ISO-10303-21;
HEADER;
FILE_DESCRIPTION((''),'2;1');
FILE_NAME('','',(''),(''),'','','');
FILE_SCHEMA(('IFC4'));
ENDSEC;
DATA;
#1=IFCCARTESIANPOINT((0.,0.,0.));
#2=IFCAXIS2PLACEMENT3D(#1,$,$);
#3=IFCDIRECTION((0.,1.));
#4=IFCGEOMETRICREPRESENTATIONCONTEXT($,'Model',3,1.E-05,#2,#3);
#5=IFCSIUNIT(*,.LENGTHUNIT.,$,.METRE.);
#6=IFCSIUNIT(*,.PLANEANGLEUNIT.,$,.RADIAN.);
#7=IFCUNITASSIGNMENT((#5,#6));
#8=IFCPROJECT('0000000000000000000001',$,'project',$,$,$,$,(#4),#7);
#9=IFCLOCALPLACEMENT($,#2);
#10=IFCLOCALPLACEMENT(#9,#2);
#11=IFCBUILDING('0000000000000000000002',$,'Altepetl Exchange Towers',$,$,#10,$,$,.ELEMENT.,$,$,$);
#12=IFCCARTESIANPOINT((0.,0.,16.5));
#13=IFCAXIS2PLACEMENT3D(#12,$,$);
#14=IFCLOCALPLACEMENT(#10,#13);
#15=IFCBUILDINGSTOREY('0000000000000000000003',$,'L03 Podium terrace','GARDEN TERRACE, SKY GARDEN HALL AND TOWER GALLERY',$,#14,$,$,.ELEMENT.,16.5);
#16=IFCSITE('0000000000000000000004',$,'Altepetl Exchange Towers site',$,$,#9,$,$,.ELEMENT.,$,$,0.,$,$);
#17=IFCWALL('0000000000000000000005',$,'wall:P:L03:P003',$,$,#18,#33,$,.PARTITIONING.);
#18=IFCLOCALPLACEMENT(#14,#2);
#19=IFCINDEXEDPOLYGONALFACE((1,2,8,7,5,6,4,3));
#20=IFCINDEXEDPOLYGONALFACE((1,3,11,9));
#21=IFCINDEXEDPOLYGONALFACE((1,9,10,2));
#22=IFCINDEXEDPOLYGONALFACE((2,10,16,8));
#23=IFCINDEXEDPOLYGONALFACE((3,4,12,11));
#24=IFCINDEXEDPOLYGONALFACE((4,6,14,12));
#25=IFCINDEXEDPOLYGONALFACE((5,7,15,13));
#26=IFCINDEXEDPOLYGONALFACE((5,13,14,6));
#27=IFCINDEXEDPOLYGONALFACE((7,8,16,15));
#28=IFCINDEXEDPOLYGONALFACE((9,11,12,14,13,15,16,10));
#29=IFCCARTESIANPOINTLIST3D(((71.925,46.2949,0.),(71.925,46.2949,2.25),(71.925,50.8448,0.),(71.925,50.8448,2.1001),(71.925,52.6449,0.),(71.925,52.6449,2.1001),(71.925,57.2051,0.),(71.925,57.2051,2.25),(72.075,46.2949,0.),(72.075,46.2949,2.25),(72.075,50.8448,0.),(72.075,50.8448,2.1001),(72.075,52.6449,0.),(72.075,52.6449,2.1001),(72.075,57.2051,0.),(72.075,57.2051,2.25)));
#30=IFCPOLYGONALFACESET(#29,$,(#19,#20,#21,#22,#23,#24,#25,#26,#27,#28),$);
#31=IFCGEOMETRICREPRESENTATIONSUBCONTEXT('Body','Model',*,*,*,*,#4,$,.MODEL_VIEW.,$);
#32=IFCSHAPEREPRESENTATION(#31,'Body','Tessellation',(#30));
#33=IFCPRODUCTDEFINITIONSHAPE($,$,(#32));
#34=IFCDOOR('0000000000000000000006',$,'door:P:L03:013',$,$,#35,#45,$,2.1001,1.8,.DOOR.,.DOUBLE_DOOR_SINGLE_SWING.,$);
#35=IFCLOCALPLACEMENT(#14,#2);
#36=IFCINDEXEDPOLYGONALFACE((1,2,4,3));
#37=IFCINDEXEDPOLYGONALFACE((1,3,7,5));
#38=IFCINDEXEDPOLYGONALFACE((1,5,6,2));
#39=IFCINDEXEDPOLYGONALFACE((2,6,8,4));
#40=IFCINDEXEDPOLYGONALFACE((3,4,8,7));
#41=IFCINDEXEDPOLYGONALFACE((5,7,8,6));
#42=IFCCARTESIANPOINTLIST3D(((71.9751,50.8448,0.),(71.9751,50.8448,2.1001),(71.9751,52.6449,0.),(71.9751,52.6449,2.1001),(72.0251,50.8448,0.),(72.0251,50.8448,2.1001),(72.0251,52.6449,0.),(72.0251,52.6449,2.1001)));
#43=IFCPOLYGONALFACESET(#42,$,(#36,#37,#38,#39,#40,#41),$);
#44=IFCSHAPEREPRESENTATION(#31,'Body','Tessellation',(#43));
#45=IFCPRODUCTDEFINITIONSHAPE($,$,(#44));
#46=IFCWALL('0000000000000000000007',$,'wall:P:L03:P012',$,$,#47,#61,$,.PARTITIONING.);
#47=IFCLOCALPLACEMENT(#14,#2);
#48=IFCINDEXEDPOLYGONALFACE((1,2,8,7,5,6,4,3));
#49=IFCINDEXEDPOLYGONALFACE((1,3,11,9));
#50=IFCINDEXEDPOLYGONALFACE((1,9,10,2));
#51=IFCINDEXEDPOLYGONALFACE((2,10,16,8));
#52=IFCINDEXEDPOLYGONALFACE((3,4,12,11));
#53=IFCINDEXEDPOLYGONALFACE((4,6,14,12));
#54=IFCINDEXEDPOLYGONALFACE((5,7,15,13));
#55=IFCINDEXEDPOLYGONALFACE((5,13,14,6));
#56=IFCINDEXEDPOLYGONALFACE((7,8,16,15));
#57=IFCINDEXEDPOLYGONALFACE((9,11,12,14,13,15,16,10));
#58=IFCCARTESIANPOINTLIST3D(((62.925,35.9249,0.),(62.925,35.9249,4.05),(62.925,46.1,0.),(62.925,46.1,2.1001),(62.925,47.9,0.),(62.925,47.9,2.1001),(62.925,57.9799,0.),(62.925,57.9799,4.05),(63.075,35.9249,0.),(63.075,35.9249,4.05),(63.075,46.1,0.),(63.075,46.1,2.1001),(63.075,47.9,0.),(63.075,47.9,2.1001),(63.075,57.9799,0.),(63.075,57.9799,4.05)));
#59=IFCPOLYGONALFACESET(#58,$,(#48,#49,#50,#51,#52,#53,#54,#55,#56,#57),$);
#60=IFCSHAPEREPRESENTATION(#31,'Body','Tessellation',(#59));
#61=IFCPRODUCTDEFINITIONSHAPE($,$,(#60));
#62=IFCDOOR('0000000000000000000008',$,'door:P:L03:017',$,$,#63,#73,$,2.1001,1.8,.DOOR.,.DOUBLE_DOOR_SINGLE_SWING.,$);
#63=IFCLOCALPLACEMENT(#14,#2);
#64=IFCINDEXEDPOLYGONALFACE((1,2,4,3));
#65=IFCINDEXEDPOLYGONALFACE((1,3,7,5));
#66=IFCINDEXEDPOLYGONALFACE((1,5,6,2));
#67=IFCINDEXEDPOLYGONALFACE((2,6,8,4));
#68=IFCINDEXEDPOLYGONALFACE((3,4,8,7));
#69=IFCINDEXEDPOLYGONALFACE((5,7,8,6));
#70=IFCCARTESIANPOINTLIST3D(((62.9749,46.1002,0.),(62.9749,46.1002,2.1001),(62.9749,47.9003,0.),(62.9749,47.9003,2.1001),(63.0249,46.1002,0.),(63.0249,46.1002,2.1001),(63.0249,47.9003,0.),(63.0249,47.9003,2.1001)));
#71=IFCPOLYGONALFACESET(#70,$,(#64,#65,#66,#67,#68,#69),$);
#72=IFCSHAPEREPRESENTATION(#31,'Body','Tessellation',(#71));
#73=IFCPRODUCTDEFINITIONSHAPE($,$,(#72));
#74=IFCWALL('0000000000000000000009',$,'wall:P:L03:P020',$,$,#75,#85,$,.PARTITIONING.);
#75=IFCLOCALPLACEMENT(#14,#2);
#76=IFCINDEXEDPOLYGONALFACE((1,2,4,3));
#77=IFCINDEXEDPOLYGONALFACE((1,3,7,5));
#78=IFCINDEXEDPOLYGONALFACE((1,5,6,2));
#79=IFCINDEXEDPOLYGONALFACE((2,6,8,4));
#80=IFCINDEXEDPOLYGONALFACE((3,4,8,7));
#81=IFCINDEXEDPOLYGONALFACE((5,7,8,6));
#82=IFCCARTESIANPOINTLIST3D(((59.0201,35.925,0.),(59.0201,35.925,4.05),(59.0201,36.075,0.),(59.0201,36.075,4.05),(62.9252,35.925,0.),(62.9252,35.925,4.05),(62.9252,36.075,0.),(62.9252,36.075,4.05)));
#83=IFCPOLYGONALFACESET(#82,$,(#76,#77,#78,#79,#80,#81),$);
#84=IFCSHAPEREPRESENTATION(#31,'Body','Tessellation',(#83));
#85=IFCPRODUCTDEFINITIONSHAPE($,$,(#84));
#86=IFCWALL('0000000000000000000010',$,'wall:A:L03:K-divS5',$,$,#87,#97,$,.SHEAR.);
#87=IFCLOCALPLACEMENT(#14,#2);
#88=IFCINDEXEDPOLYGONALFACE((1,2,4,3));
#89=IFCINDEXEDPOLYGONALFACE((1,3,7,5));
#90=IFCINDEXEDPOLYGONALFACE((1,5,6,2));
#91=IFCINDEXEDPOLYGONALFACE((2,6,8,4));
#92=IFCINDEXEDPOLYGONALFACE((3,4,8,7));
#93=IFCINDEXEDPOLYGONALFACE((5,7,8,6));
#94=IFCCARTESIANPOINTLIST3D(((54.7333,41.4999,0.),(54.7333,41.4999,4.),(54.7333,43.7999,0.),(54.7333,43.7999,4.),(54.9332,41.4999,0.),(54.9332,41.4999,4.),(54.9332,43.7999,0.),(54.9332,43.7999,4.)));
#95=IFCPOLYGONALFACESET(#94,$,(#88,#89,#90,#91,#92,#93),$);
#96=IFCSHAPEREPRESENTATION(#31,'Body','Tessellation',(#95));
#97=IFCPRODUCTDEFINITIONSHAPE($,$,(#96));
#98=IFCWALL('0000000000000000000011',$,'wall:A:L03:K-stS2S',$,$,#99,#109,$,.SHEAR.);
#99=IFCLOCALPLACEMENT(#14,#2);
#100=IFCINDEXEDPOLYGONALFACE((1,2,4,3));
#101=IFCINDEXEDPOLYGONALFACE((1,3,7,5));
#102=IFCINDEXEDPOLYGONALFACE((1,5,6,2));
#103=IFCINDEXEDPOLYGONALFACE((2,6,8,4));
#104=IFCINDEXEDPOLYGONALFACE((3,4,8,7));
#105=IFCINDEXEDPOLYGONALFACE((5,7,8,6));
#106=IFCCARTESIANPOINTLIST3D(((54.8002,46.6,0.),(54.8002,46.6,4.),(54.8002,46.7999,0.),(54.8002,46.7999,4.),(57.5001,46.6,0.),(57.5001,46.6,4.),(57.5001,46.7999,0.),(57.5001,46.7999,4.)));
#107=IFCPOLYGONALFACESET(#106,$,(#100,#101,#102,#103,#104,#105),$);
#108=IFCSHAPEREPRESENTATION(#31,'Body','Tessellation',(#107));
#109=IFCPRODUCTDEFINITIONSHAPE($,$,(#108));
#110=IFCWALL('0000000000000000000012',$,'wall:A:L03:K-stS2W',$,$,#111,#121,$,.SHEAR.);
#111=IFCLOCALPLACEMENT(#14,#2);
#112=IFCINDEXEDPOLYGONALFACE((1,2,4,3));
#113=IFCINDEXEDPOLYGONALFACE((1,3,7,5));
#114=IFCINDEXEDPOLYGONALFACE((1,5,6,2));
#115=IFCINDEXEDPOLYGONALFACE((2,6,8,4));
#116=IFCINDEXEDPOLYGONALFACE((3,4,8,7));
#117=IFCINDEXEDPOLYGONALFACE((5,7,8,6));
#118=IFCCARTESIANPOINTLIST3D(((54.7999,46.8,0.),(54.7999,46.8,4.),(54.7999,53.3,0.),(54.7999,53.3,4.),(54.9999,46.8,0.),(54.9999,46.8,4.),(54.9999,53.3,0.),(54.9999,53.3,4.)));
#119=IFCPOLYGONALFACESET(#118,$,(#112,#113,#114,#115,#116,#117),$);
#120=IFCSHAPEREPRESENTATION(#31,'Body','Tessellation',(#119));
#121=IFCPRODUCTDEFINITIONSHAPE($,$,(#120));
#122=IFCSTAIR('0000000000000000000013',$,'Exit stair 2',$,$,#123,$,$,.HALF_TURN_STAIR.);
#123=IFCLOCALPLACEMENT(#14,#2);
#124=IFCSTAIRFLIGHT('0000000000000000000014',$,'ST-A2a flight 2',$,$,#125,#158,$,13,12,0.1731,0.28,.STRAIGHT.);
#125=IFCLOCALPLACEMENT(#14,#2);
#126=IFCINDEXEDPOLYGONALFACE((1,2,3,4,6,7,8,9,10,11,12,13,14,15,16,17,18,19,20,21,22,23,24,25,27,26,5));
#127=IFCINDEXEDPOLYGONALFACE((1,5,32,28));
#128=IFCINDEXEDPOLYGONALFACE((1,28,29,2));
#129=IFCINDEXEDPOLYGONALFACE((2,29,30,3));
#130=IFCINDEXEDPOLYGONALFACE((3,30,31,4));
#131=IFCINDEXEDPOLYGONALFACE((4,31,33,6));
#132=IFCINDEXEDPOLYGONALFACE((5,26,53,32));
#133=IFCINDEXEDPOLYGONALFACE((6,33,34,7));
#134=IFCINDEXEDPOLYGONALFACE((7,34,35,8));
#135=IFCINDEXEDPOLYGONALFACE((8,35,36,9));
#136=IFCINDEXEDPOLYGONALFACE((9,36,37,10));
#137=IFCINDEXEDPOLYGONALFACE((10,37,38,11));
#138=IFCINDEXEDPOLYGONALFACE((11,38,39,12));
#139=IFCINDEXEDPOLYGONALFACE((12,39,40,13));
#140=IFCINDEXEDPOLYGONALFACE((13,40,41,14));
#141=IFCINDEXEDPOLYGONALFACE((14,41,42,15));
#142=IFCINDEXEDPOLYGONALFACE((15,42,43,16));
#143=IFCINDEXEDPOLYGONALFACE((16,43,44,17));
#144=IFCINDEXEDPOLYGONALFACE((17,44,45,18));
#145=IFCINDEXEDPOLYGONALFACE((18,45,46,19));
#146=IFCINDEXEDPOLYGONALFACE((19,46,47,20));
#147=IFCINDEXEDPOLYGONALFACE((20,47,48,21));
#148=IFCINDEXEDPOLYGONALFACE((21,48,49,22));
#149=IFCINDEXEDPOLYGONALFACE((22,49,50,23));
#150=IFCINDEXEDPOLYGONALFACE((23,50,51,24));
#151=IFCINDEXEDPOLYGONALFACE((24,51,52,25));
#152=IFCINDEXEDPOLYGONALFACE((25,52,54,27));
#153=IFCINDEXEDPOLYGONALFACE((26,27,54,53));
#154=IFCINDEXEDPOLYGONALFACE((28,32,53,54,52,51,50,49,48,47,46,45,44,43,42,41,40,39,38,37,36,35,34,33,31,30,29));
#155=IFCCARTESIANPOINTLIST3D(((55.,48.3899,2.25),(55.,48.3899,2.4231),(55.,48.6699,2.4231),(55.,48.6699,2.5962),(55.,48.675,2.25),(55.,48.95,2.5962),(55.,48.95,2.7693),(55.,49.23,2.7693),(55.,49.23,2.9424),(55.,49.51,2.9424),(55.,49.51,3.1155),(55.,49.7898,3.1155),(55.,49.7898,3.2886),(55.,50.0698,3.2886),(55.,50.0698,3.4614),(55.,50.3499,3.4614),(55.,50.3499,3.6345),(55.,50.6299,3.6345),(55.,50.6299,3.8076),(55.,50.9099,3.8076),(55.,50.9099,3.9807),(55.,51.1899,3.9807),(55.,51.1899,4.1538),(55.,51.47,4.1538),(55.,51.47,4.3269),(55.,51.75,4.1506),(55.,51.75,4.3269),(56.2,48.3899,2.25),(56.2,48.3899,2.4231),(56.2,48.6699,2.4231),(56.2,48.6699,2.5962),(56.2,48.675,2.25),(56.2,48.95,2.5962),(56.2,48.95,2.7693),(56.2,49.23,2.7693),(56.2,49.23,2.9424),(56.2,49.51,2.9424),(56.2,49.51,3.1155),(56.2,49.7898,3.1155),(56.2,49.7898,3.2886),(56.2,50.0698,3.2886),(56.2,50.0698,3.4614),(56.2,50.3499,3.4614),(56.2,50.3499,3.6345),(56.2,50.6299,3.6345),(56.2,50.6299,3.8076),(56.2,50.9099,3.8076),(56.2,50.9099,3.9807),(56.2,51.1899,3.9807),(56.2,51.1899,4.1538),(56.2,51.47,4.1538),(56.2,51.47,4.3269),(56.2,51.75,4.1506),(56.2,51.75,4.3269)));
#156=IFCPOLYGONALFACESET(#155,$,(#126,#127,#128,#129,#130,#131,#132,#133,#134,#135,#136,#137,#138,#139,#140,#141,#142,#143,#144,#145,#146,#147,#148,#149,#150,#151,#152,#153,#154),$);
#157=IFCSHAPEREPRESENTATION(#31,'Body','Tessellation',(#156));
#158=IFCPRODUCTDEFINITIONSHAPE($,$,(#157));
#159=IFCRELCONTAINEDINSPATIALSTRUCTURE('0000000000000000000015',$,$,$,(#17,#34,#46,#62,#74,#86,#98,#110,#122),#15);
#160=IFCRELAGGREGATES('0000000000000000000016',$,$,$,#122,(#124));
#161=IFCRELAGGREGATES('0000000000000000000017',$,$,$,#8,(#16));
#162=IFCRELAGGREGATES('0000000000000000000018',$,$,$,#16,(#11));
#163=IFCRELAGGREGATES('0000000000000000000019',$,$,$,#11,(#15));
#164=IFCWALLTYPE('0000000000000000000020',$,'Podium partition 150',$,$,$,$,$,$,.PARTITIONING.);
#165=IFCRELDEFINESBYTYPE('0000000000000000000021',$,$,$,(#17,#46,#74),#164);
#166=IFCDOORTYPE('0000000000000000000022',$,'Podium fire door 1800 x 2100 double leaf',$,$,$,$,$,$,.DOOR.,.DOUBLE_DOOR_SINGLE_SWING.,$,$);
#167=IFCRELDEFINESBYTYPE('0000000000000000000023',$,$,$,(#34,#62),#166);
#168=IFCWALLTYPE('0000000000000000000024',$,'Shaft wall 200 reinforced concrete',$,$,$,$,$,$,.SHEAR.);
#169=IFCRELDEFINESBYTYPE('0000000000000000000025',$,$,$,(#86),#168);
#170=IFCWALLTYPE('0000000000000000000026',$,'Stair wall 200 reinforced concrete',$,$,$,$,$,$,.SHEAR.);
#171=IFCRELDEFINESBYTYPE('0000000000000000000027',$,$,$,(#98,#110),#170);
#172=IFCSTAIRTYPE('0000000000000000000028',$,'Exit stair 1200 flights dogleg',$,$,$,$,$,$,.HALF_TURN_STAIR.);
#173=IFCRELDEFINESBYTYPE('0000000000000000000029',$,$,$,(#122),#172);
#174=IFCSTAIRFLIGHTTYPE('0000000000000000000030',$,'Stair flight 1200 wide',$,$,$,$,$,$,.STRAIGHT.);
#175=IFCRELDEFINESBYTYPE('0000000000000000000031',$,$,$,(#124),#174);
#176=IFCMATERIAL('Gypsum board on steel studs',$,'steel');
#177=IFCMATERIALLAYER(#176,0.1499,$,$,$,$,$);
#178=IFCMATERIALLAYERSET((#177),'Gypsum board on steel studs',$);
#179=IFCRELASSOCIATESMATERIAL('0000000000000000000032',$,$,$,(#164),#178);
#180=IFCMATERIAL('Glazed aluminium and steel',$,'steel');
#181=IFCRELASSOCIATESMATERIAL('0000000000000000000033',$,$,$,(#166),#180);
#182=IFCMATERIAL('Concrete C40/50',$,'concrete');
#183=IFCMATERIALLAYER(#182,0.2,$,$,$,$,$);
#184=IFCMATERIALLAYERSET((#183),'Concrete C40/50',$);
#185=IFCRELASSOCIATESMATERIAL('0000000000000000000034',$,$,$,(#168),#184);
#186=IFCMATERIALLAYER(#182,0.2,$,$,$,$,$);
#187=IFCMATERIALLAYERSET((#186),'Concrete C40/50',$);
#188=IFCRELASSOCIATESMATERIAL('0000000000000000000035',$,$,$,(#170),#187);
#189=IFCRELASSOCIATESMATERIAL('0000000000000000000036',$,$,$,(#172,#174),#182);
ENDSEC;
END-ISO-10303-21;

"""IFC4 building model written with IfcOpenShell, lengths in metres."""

from ifc_helpers import new_model, si_unit, direction, frame, frame_2d, origin, place, context, subcontext, project, spatial, polyline, rectangle, outline, extrude, material, layer, layer_set, type_object, element, fill, aggregate, save


model = new_model("IFC4")

# Units and contexts
model_context = context("Model", 3, precision=1e-05, world=origin(), true_north=direction((0.0, 1.0)))
body_context = subcontext(model_context, "Body", "Model", "MODEL_VIEW")
ifc_project = project(units=[si_unit("LENGTHUNIT", "METRE"), si_unit("PLANEANGLEUNIT", "RADIAN")], contexts=[model_context])

# Site, building, storey
site_placement = place(None, origin())
site = spatial("IfcSite", under=ifc_project, at=site_placement, Name="Altepetl Exchange Towers site", CompositionType="ELEMENT", RefElevation=0.0)
building_placement = place(site_placement, origin())
building = spatial("IfcBuilding", under=site, at=building_placement, Name="Altepetl Exchange Towers", CompositionType="ELEMENT")
storey_placement = place(building_placement, frame((0.0, 0.0, 16.5)))
storey = spatial("IfcBuildingStorey", under=building, at=storey_placement, Name="L03 Podium terrace", Description="GARDEN TERRACE, SKY GARDEN HALL AND TOWER GALLERY", CompositionType="ELEMENT", Elevation=16.5)

# Walls, openings, doors
ifc_material_1 = material(Name="Gypsum board on steel studs", Category="steel")
ifc_layer_1 = layer(ifc_material_1, 0.1499)
ifc_layer_set_1 = layer_set([ifc_layer_1], Name="Gypsum board on steel studs")
wall_type_1 = type_object("IfcWallType", Name="Podium partition 150", PredefinedType="PARTITIONING", material=ifc_layer_set_1)
ifc_material_2 = material(Name="Glazed aluminium and steel", Category="steel")
door_type_1 = type_object("IfcDoorType", Name="Podium fire door 1800 x 2100 double leaf", OperationType="DOUBLE_DOOR_SINGLE_SWING", PredefinedType="DOOR", material=ifc_material_2)
wall_1_placement = place(storey_placement, frame((72.0, 46.2949, 0.0), z_axis=(0.0, 0.0, 1.0), x_axis=(0.0, 1.0, 0.0)))
wall_1 = element("IfcWall", 1, at=wall_1_placement, inside=storey, type_object=wall_type_1, Name="wall:P:L03:P003", PredefinedType="PARTITIONING", context=body_context, shape_type="SweptSolid", body=[
    extrude(rectangle(XDim=10.9102, YDim=0.1499, at=frame_2d((5.4551, 0.0))), origin(), (0.0, 0.0, 1.0), 2.25),
])
opening_1_placement = place(wall_1_placement, frame((4.55, 0.0, 0.0)))
opening_1 = element("IfcOpeningElement", 2, at=opening_1_placement, cuts=wall_1, PredefinedType="OPENING", context=body_context, shape_type="SweptSolid", body=[
    extrude(rectangle(XDim=1.8, YDim=2.1001, at=frame_2d((0.8999, 1.05))), frame((0.0, 0.085, 0.0), z_axis=(0.0, -1.0, 0.0), x_axis=(1.0, 0.0, 0.0)), (0.0, 0.0, 1.0), 0.1699),
])
door_1_placement = place(opening_1_placement, origin())
door_1 = element("IfcDoor", 3, at=door_1_placement, inside=storey, type_object=door_type_1, Name="door:P:L03:013", OperationType="DOUBLE_DOOR_SINGLE_SWING", OverallHeight=2.1001, OverallWidth=1.8, PredefinedType="DOOR", context=body_context, shape_type="SweptSolid", body=[
    extrude(rectangle(XDim=1.8, YDim=2.1001, at=frame_2d((0.8999, 1.05))), frame((0.0, 0.0249, 0.0), z_axis=(0.0, -1.0, 0.0), x_axis=(1.0, 0.0, 0.0)), (0.0, 0.0, 1.0), 0.05),
])
fill(opening_1, door_1)
wall_2_placement = place(storey_placement, frame((63.0, 35.925, 0.0), z_axis=(0.0, 0.0, 1.0), x_axis=(0.0, 1.0, 0.0)))
wall_2 = element("IfcWall", 4, at=wall_2_placement, inside=storey, type_object=wall_type_1, Name="wall:P:L03:P012", PredefinedType="PARTITIONING", context=body_context, shape_type="SweptSolid", body=[
    extrude(rectangle(XDim=22.0549, YDim=0.1499, at=frame_2d((11.0273, 0.0))), origin(), (0.0, 0.0, 1.0), 4.05),
])
opening_2_placement = place(wall_2_placement, frame((10.175, 0.0, 0.0)))
opening_2 = element("IfcOpeningElement", 5, at=opening_2_placement, cuts=wall_2, PredefinedType="OPENING", context=body_context, shape_type="SweptSolid", body=[
    extrude(rectangle(XDim=1.8, YDim=2.1001, at=frame_2d((0.8999, 1.05))), frame((0.0, 0.085, 0.0), z_axis=(0.0, -1.0, 0.0), x_axis=(1.0, 0.0, 0.0)), (0.0, 0.0, 1.0), 0.1699),
])
door_2_placement = place(opening_2_placement, frame((1.8, 0.0, 0.0), x_axis=(-1.0, 0.0, 0.0)))
door_2 = element("IfcDoor", 6, at=door_2_placement, inside=storey, type_object=door_type_1, Name="door:P:L03:017", OperationType="DOUBLE_DOOR_SINGLE_SWING", OverallHeight=2.1001, OverallWidth=1.8, PredefinedType="DOOR", context=body_context, shape_type="SweptSolid", body=[
    extrude(rectangle(XDim=1.8, YDim=2.1001, at=frame_2d((0.8999, 1.05))), frame((0.0, 0.0249, 0.0), z_axis=(0.0, -1.0, 0.0), x_axis=(1.0, 0.0, 0.0)), (0.0, 0.0, 1.0), 0.05),
])
fill(opening_2, door_2)

# Walls
wall_3_placement = place(storey_placement, frame((59.02, 36.0, 0.0)))
element("IfcWall", 7, at=wall_3_placement, inside=storey, type_object=wall_type_1, Name="wall:P:L03:P020", PredefinedType="PARTITIONING", context=body_context, shape_type="SweptSolid", body=[
    extrude(rectangle(XDim=3.905, YDim=0.1499, at=frame_2d((1.9526, 0.0))), origin(), (0.0, 0.0, 1.0), 4.05),
])
ifc_material_3 = material(Name="Concrete C40/50", Category="concrete")
ifc_layer_2 = layer(ifc_material_3, 0.2)
ifc_layer_set_2 = layer_set([ifc_layer_2], Name="Concrete C40/50")
wall_type_2 = type_object("IfcWallType", Name="Shaft wall 200 reinforced concrete", PredefinedType="SHEAR", material=ifc_layer_set_2)
wall_4_placement = place(storey_placement, frame((54.8333, 41.5, 0.0), z_axis=(0.0, 0.0, 1.0), x_axis=(0.0, 1.0, 0.0)))
element("IfcWall", 8, at=wall_4_placement, inside=storey, type_object=wall_type_2, Name="wall:A:L03:K-divS5", PredefinedType="SHEAR", context=body_context, shape_type="SweptSolid", body=[
    extrude(rectangle(XDim=2.3, YDim=0.2, at=frame_2d((1.1499, 0.0))), origin(), (0.0, 0.0, 1.0), 4.0),
])
ifc_layer_3 = layer(ifc_material_3, 0.2)
ifc_layer_set_3 = layer_set([ifc_layer_3], Name="Concrete C40/50")
wall_type_3 = type_object("IfcWallType", Name="Stair wall 200 reinforced concrete", PredefinedType="SHEAR", material=ifc_layer_set_3)
wall_5_placement = place(storey_placement, frame((54.8, 46.7, 0.0)))
element("IfcWall", 9, at=wall_5_placement, inside=storey, type_object=wall_type_3, Name="wall:A:L03:K-stS2S", PredefinedType="SHEAR", context=body_context, shape_type="SweptSolid", body=[
    extrude(rectangle(XDim=2.7, YDim=0.2, at=frame_2d((1.3501, 0.0))), origin(), (0.0, 0.0, 1.0), 4.0),
])
wall_6_placement = place(storey_placement, frame((54.8999, 46.8, 0.0), z_axis=(0.0, 0.0, 1.0), x_axis=(0.0, 1.0, 0.0)))
element("IfcWall", 10, at=wall_6_placement, inside=storey, type_object=wall_type_3, Name="wall:A:L03:K-stS2W", PredefinedType="SHEAR", context=body_context, shape_type="SweptSolid", body=[
    extrude(rectangle(XDim=6.5, YDim=0.2, at=frame_2d((3.25, 0.0))), origin(), (0.0, 0.0, 1.0), 4.0),
])

# Stair, stair flight
stair_type = type_object("IfcStairType", Name="Exit stair 1200 flights dogleg", PredefinedType="HALF_TURN_STAIR", material=ifc_material_3)
stair_placement = place(storey_placement, origin())
stair = element("IfcStair", 11, at=stair_placement, inside=storey, type_object=stair_type, Name="Exit stair 2", PredefinedType="HALF_TURN_STAIR")
stair_flight_type = type_object("IfcStairFlightType", Name="Stair flight 1200 wide", PredefinedType="STRAIGHT", material=ifc_material_3)
stair_flight_placement = place(storey_placement, frame((55.6001, 48.3899, 2.25), z_axis=(0.0, 0.0, 1.0), x_axis=(0.0, 1.0, 0.0)))
stair_flight = element("IfcStairFlight", 12, at=stair_flight_placement, type_object=stair_flight_type, Name="ST-A2a flight 2", NumberOfRisers=13, NumberOfTreads=12, PredefinedType="STRAIGHT", RiserHeight=0.1731, TreadLength=0.28, context=body_context, shape_type="SweptSolid", body=[
    extrude(outline(polyline([(0.0, 0.0), (0.0, 0.1731), (0.28, 0.1731), (0.28, 0.3462), (0.5601, 0.3462), (0.5601, 0.5193), (0.8401, 0.5193), (0.8401, 0.6924), (1.1201, 0.6924), (1.1201, 0.8655), (1.3999, 0.8655), (1.3999, 1.0386), (1.6799, 1.0386), (1.6799, 1.2114), (1.96, 1.2114), (1.96, 1.3845), (2.24, 1.3845), (2.24, 1.5576), (2.52, 1.5576), (2.52, 1.7307), (2.8, 1.7307), (2.8, 1.9038), (3.0801, 1.9038), (3.0801, 2.0769), (3.3601, 2.0769), (3.3601, 2.25), (3.3601, 1.9006), (0.2852, 0.0), (0.0, 0.0)])), frame((0.0, 0.6001, 0.0), z_axis=(0.0, -1.0, 0.0), x_axis=(1.0, 0.0, 0.0)), (0.0, 0.0, 1.0), 1.2),
])
aggregate(stair, [stair_flight])

save(model, "model.ifc")
